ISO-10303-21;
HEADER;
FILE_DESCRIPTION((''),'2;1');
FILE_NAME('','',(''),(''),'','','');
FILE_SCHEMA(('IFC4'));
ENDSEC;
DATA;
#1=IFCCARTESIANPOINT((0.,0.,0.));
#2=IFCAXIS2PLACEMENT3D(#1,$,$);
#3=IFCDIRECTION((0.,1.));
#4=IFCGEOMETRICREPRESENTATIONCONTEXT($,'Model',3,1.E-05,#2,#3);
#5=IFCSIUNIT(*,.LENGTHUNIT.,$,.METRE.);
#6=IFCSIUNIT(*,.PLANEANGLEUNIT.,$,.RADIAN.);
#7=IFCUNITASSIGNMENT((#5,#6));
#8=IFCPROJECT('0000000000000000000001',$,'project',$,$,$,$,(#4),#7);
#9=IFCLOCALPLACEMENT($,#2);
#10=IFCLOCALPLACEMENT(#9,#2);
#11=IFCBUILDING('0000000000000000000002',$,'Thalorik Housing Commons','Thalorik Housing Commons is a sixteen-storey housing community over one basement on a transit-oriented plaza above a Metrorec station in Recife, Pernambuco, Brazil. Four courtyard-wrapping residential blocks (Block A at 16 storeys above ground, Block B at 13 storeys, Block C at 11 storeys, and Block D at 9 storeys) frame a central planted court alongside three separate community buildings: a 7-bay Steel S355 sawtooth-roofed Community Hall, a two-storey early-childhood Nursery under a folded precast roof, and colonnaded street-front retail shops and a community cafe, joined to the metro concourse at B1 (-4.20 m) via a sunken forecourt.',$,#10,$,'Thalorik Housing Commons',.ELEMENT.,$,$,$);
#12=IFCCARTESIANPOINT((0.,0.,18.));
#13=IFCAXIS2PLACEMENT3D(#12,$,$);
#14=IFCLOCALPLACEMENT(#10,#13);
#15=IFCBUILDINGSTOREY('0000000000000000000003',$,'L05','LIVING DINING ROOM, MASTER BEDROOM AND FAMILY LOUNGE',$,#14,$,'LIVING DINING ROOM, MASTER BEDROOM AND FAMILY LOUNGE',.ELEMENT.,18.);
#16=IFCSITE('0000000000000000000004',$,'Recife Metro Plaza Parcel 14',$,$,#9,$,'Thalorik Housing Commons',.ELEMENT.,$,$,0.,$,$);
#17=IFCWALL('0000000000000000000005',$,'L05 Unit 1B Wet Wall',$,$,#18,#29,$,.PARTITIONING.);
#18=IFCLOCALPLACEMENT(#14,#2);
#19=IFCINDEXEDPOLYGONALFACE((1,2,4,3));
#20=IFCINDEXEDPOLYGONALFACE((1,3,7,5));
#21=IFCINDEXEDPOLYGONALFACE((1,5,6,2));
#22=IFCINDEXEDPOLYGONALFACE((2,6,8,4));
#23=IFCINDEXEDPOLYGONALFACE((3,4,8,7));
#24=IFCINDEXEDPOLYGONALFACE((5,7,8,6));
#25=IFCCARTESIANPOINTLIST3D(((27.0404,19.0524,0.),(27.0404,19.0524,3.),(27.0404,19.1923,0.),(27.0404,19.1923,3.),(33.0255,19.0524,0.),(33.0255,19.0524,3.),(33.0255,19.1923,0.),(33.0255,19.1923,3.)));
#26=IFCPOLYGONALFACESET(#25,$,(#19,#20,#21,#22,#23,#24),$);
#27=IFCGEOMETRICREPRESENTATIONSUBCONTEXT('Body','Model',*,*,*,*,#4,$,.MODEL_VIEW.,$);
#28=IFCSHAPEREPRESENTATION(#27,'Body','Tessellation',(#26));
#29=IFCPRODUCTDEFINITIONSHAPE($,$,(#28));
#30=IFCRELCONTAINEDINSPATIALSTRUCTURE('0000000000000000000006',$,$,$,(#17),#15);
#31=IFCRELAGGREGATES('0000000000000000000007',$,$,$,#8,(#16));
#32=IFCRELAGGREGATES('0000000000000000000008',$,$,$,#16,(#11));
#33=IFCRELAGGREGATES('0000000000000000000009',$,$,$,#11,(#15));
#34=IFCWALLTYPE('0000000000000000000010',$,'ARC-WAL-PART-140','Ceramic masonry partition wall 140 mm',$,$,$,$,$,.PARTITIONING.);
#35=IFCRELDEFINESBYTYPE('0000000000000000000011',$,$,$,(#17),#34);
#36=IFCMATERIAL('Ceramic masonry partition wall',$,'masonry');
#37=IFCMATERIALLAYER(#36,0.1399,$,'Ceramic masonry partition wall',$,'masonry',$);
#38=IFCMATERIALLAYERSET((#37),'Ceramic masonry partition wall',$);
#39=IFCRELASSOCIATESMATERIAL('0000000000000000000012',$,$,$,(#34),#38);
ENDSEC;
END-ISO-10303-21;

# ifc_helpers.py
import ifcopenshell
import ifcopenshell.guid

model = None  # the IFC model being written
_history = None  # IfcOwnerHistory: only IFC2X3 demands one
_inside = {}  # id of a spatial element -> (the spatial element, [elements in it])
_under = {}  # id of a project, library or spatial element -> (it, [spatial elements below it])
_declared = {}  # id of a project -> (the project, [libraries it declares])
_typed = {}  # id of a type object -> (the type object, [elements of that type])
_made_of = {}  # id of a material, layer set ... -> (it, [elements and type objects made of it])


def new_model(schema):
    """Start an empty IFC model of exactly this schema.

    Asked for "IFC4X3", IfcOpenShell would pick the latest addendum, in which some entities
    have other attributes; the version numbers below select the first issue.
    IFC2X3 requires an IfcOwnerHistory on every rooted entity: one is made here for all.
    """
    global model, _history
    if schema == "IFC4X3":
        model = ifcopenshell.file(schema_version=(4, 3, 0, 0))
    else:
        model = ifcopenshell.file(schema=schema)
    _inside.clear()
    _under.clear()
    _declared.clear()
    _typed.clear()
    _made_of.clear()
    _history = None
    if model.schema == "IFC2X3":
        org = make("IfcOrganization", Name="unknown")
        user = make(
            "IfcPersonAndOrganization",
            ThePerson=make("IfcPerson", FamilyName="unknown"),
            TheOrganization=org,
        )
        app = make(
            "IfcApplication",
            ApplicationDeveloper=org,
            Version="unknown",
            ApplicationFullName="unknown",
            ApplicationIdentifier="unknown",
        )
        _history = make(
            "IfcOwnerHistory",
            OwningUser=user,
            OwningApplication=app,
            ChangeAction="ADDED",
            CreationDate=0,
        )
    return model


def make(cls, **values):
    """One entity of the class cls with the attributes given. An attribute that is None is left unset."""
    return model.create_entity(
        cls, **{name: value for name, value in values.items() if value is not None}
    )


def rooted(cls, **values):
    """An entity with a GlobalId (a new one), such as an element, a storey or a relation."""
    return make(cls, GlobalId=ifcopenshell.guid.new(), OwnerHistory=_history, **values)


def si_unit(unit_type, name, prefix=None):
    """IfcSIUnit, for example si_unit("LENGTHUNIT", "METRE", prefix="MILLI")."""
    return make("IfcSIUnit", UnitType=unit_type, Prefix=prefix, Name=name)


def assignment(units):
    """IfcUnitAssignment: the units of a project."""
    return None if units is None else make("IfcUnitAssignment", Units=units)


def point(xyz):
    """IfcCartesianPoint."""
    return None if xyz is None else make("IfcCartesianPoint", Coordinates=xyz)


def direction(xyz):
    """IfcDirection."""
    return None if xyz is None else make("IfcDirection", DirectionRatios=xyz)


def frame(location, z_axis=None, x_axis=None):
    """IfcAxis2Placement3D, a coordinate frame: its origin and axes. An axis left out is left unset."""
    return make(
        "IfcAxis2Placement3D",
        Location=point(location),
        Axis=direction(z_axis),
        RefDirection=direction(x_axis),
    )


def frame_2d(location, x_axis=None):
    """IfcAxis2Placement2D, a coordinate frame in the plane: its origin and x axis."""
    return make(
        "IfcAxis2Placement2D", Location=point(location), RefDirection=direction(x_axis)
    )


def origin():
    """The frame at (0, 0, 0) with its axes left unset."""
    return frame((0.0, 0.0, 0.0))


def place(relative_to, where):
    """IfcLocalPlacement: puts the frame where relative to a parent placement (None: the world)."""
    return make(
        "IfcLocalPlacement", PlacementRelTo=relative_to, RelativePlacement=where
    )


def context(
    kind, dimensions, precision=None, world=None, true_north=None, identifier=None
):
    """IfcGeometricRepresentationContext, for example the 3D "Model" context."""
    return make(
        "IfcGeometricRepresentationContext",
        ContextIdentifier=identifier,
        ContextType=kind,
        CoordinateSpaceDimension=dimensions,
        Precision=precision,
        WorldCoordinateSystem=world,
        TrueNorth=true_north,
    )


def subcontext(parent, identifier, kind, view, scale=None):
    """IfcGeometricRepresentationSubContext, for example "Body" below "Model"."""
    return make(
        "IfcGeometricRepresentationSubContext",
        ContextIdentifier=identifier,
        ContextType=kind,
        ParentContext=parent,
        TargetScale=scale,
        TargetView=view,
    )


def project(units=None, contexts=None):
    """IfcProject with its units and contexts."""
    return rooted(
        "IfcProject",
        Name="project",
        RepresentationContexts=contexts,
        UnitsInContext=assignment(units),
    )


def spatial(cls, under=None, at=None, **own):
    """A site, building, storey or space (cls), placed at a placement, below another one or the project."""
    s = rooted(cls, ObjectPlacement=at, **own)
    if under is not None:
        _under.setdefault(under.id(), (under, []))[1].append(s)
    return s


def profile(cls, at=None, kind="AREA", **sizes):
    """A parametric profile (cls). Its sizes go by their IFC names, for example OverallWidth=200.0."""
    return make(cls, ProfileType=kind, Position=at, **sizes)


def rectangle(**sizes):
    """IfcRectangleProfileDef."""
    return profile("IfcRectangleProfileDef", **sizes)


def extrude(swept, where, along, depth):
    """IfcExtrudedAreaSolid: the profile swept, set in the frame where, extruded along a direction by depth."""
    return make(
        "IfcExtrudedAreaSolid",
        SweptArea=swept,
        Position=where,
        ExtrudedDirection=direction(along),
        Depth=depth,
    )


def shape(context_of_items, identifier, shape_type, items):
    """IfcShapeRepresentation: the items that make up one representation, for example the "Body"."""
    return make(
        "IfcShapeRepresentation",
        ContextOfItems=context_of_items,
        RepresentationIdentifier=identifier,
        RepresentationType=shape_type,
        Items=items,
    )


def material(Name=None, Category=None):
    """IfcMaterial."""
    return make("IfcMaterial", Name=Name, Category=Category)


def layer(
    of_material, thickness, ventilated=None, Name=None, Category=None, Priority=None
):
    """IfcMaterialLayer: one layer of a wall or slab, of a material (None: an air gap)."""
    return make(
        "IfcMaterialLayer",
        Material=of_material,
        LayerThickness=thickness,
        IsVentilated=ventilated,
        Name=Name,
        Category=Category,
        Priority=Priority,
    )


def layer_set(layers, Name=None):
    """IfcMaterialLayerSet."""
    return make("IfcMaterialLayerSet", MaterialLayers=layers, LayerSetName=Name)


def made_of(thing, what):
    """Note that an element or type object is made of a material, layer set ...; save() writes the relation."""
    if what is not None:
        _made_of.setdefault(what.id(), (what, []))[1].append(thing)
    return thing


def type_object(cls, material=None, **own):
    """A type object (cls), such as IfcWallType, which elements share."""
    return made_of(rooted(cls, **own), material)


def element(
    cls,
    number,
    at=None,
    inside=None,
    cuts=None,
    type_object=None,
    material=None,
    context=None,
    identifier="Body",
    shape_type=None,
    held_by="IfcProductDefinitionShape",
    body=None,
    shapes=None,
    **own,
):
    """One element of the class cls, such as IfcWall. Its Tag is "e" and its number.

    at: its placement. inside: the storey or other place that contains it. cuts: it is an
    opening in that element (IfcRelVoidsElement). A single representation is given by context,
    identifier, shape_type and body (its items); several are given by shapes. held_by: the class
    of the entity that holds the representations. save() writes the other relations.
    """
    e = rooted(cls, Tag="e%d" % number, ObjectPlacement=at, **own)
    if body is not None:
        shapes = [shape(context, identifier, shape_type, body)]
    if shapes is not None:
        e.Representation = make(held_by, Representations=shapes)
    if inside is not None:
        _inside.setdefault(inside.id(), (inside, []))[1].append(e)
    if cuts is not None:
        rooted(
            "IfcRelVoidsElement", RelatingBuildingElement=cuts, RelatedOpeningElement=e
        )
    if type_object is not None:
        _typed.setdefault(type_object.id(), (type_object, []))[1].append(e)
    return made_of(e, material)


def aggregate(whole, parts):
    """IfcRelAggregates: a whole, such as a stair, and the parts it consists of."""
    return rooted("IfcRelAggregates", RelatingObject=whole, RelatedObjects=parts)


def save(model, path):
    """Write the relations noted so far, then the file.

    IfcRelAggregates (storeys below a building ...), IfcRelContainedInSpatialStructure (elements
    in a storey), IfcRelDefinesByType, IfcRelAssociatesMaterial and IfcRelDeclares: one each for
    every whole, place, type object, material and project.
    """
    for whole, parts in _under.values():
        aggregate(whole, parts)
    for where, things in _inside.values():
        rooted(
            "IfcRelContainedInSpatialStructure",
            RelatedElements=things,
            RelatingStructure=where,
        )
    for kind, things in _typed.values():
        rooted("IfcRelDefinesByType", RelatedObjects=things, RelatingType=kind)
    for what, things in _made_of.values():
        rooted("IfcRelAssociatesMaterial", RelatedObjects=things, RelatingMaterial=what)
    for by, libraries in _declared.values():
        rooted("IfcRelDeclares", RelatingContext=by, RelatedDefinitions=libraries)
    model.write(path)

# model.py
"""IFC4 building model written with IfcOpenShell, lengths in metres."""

from ifc_helpers import new_model, si_unit, direction, frame, frame_2d, origin, place, context, subcontext, project, spatial, rectangle, extrude, material, layer, layer_set, type_object, element, save


model = new_model("IFC4")

# Units and contexts
model_context = context("Model", 3, precision=1e-05, world=origin(), true_north=direction((0.0, 1.0)))
body_context = subcontext(model_context, "Body", "Model", "MODEL_VIEW")
ifc_project = project(units=[si_unit("LENGTHUNIT", "METRE"), si_unit("PLANEANGLEUNIT", "RADIAN")], contexts=[model_context])

# Site, building, storey
site_placement = place(None, origin())
site = spatial("IfcSite", under=ifc_project, at=site_placement, Name="Recife Metro Plaza Parcel 14", LongName="Thalorik Housing Commons", CompositionType="ELEMENT", RefElevation=0.0)
building_placement = place(site_placement, origin())
building = spatial("IfcBuilding", under=site, at=building_placement, Name="Thalorik Housing Commons", Description="Thalorik Housing Commons is a sixteen-storey housing community over one basement on a transit-oriented plaza above a Metrorec station in Recife, Pernambuco, Brazil. Four courtyard-wrapping residential blocks (Block A at 16 storeys above ground, Block B at 13 storeys, Block C at 11 storeys, and Block D at 9 storeys) frame a central planted court alongside three separate community buildings: a 7-bay Steel S355 sawtooth-roofed Community Hall, a two-storey early-childhood Nursery under a folded precast roof, and colonnaded street-front retail shops and a community cafe, joined to the metro concourse at B1 (-4.20 m) via a sunken forecourt.", LongName="Thalorik Housing Commons", CompositionType="ELEMENT")
storey_placement = place(building_placement, frame((0.0, 0.0, 18.0)))
storey = spatial("IfcBuildingStorey", under=building, at=storey_placement, Name="L05", Description="LIVING DINING ROOM, MASTER BEDROOM AND FAMILY LOUNGE", LongName="LIVING DINING ROOM, MASTER BEDROOM AND FAMILY LOUNGE", CompositionType="ELEMENT", Elevation=18.0)

# Wall
ifc_material_1 = material(Name="Ceramic masonry partition wall", Category="masonry")
ifc_layer_1 = layer(ifc_material_1, 0.1399, Name="Ceramic masonry partition wall", Category="masonry")
ifc_layer_set_1 = layer_set([ifc_layer_1], Name="Ceramic masonry partition wall")
wall_type_1 = type_object("IfcWallType", Name="ARC-WAL-PART-140", Description="Ceramic masonry partition wall 140 mm", PredefinedType="PARTITIONING", material=ifc_layer_set_1)
wall_1_placement = place(storey_placement, frame((27.0403, 19.1223, 0.0), z_axis=(0.0, 0.0, 1.0), x_axis=(1.0, 0.0, 0.0)))
element("IfcWall", 1, at=wall_1_placement, inside=storey, type_object=wall_type_1, Name="L05 Unit 1B Wet Wall", PredefinedType="PARTITIONING", context=body_context, shape_type="SweptSolid", body=[
    extrude(rectangle(XDim=5.9851, YDim=0.1399, at=frame_2d((2.9927, 0.0))), origin(), (0.0, 0.0, 1.0), 3.0),
])

save(model, "model.ifc")
